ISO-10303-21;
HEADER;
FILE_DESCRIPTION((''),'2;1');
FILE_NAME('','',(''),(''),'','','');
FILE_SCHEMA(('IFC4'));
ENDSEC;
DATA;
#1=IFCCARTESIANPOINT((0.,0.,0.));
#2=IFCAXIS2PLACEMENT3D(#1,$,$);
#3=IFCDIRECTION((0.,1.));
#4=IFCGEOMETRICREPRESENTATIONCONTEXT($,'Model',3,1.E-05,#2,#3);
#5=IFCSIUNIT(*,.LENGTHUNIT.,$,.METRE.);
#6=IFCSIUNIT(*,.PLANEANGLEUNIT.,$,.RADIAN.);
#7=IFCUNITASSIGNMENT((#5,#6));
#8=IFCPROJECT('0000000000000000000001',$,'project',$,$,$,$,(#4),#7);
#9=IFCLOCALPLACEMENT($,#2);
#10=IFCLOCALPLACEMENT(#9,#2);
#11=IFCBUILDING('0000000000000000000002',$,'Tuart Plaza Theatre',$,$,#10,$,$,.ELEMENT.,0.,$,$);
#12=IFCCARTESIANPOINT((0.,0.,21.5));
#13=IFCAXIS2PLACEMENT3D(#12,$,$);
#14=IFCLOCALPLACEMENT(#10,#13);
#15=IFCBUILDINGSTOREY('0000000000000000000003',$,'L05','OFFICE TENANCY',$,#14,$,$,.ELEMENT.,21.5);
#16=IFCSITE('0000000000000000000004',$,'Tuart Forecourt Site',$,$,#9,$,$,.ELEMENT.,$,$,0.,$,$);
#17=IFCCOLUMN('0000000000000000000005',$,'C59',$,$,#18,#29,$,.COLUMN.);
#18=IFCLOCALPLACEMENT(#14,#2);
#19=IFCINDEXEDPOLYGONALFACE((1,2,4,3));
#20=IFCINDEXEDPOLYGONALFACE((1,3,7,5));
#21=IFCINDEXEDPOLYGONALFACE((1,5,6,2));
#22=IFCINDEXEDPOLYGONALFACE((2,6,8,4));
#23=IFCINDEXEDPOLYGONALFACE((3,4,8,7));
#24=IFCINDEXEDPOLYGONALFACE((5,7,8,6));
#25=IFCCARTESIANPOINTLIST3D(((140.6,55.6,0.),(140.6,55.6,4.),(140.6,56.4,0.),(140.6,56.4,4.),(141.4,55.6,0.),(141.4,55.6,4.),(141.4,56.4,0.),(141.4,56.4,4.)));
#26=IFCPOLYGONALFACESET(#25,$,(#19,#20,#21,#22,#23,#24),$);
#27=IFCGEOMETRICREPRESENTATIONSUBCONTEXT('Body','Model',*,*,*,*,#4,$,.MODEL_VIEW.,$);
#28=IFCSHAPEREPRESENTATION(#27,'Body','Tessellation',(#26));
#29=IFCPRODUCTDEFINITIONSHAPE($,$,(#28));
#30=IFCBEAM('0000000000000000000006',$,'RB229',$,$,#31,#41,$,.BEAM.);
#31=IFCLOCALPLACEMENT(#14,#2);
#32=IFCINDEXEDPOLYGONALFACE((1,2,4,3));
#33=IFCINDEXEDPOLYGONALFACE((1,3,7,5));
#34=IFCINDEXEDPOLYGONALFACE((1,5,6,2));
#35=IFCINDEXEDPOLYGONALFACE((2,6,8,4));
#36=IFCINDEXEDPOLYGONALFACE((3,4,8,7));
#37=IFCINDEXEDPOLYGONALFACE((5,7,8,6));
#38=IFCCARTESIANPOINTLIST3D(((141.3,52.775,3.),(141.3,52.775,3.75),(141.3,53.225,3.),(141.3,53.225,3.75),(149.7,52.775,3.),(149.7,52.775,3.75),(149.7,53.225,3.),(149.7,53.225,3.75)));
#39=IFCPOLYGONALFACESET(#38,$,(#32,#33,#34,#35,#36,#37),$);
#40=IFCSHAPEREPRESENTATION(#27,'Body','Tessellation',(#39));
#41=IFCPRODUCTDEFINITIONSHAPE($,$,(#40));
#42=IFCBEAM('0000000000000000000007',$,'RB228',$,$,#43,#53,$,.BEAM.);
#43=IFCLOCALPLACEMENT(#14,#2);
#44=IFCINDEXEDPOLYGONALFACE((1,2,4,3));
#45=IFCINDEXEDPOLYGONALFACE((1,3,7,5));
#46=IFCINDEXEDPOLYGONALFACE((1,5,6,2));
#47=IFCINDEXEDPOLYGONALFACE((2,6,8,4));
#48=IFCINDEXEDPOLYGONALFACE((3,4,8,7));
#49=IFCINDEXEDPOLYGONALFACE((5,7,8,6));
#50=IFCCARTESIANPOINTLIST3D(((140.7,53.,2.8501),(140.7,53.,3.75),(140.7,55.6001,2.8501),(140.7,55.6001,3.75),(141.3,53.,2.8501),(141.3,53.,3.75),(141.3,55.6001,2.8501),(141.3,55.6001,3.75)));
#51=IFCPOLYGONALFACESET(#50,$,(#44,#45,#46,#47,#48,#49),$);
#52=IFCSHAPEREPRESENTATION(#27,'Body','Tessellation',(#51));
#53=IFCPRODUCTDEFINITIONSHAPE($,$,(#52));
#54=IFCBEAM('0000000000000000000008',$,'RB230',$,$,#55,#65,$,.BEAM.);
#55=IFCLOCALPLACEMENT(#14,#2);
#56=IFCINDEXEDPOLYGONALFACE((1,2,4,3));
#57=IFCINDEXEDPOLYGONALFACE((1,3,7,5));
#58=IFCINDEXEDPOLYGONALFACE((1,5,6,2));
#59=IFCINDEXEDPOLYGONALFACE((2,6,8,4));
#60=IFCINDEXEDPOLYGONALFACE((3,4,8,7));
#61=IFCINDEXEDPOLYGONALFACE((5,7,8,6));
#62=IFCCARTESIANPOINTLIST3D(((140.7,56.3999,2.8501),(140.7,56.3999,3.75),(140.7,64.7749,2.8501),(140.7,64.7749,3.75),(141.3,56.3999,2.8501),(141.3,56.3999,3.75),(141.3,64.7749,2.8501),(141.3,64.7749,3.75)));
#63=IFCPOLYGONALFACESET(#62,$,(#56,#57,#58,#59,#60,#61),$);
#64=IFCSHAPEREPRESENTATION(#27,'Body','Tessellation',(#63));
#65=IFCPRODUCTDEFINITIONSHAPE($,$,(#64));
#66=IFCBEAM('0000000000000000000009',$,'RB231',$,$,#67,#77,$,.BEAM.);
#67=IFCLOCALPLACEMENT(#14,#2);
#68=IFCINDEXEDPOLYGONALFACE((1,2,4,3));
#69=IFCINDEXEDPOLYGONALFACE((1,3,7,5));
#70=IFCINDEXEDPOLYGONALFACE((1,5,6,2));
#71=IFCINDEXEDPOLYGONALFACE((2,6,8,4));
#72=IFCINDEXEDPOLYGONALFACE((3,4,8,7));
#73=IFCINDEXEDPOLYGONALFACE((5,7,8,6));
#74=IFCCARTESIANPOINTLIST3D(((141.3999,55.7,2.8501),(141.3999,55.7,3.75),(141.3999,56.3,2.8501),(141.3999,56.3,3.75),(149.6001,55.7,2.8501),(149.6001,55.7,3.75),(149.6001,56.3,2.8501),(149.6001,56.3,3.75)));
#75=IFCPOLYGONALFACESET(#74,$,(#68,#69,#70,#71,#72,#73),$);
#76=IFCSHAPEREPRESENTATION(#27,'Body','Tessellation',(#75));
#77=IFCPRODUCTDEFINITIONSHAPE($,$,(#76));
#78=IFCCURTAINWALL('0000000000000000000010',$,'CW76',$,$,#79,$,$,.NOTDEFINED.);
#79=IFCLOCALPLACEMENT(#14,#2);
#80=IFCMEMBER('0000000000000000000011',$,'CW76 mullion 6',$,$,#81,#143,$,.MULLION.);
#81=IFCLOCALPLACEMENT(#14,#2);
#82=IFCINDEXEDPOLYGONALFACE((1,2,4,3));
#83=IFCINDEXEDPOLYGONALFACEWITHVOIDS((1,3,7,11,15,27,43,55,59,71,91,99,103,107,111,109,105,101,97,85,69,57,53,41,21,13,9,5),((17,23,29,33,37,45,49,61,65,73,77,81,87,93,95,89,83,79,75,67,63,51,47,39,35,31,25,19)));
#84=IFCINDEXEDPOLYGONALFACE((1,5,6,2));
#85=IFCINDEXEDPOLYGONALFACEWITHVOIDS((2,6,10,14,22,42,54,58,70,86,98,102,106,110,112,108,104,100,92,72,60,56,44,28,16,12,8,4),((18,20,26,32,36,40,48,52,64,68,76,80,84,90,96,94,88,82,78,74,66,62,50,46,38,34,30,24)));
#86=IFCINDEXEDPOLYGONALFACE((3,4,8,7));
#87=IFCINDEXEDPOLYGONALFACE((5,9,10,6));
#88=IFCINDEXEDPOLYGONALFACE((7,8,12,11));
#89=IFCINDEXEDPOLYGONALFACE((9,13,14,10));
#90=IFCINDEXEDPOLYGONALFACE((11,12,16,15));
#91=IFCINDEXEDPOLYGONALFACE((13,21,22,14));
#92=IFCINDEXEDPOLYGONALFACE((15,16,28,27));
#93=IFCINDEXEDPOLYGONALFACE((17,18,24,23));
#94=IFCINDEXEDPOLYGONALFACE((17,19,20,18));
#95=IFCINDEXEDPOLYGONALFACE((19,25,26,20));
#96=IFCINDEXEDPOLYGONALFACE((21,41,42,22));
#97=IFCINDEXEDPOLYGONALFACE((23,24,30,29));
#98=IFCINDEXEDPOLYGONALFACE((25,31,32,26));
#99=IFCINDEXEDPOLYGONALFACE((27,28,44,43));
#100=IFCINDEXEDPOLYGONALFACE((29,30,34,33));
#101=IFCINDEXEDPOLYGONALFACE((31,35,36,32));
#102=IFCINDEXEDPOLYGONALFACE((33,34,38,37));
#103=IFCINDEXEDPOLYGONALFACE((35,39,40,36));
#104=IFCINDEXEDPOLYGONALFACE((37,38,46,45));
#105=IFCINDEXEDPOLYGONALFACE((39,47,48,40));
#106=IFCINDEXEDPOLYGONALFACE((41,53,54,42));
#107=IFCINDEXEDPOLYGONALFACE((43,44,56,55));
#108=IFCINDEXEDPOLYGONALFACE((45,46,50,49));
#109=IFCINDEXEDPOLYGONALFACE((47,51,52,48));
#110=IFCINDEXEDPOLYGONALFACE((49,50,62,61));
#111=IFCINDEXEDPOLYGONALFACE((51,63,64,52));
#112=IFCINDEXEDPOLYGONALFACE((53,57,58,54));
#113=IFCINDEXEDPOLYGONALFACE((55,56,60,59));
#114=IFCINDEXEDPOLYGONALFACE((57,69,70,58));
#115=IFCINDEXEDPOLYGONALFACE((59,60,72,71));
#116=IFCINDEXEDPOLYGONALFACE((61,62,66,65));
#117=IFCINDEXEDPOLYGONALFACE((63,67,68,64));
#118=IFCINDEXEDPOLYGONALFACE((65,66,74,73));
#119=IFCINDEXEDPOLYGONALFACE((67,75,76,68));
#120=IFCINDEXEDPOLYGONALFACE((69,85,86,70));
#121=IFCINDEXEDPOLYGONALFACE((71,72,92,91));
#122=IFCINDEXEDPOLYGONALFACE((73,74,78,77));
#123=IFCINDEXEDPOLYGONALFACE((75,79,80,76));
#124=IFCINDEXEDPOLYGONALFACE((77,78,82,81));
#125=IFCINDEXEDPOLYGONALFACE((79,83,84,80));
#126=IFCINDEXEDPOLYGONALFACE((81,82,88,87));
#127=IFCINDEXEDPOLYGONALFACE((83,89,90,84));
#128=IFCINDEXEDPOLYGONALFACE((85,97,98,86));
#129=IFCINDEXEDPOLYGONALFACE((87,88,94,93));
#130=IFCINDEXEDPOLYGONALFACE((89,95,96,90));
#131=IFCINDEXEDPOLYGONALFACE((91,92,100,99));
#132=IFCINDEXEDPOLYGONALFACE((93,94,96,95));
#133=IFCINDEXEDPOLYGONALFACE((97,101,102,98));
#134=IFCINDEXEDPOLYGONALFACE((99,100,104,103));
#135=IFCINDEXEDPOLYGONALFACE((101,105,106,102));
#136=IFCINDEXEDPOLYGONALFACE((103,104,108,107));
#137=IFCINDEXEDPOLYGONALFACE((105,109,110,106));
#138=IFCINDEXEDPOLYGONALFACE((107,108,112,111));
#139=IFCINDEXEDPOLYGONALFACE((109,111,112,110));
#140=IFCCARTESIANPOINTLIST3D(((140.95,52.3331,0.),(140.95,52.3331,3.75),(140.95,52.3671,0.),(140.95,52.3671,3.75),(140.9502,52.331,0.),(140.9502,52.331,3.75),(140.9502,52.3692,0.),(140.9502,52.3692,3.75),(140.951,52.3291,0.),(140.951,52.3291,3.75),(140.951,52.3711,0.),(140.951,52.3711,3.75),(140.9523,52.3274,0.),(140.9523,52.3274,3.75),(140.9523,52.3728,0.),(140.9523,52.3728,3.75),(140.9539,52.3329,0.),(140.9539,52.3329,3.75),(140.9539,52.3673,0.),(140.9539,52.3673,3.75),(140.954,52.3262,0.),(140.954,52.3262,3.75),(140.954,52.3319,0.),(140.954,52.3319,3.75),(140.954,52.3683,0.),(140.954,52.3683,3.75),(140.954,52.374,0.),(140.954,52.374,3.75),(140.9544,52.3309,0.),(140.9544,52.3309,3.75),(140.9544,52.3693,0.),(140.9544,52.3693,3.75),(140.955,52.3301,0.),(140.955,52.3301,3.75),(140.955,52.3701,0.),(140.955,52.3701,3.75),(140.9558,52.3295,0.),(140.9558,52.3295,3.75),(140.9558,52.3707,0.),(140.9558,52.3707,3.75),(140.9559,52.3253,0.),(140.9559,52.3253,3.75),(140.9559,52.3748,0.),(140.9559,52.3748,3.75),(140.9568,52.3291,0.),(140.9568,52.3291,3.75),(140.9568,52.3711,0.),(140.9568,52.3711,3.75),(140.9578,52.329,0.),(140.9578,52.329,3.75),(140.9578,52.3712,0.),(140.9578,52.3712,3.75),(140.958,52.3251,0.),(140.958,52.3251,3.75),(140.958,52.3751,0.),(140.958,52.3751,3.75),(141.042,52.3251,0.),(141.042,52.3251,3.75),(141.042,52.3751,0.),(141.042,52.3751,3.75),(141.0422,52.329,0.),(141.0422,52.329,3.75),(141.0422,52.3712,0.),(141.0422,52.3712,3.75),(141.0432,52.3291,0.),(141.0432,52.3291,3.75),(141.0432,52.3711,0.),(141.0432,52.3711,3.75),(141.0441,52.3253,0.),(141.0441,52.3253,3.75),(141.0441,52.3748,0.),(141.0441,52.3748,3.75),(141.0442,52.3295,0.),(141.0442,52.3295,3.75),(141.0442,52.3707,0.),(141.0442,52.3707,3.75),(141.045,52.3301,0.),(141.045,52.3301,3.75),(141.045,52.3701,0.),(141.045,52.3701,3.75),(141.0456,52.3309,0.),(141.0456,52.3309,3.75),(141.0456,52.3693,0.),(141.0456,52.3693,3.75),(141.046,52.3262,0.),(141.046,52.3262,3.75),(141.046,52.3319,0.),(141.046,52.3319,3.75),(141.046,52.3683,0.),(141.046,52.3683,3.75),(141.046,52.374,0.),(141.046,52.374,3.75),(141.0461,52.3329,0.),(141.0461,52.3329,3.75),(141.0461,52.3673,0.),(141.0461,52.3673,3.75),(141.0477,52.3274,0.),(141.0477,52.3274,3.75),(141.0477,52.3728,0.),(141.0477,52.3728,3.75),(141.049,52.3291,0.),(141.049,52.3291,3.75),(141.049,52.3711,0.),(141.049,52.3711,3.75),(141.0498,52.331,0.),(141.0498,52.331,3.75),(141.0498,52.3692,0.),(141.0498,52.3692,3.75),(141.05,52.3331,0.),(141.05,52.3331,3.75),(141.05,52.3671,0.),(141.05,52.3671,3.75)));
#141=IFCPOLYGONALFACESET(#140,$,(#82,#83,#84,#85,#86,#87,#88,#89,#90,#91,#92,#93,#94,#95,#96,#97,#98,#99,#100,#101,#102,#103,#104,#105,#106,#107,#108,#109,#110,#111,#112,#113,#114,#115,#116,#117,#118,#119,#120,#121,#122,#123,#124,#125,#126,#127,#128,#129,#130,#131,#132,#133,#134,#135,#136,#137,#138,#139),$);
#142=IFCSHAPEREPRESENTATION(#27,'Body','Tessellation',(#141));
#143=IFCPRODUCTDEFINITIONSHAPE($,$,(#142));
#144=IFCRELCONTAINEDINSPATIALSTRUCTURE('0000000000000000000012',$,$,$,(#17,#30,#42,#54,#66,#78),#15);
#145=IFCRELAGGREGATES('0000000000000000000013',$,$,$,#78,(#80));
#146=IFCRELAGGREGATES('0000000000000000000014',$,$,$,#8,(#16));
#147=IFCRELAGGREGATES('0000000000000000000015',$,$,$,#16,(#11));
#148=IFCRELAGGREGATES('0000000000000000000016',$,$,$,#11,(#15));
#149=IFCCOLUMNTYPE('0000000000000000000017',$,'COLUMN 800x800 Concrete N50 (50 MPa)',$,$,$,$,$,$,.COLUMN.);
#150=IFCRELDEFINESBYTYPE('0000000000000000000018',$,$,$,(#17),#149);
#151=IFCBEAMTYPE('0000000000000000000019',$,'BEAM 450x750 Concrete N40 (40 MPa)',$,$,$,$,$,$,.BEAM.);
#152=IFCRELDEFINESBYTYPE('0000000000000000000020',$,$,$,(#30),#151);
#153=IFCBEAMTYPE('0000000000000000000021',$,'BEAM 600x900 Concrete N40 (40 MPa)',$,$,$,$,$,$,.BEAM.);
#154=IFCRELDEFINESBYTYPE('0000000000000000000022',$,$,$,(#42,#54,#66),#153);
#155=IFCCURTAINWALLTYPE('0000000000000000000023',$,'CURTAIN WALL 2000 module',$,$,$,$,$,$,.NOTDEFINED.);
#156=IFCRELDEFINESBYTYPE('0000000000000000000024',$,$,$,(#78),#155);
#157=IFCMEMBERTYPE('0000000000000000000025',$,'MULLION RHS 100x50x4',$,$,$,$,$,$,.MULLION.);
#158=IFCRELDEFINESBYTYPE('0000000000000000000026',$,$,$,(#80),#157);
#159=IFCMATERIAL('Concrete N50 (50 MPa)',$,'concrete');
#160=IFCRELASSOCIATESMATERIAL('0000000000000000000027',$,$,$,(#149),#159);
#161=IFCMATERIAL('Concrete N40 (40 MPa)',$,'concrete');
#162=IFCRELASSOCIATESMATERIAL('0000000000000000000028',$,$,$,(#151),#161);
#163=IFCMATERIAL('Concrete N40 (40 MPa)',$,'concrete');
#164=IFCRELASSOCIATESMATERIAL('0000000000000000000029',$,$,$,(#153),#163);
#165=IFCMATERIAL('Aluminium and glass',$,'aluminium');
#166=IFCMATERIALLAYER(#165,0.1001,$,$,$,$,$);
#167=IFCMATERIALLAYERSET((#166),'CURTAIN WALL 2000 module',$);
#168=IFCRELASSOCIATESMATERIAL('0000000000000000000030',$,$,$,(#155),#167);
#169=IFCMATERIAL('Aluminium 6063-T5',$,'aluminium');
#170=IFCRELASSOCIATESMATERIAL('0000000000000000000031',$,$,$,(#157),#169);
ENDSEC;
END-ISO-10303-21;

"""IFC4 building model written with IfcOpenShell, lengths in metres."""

from ifc_helpers import new_model, si_unit, direction, frame, origin, origin_2d, place, context, subcontext, project, spatial, rectangle, hollow_rectangle, extrude, material, layer, layer_set, material_profile, profile_set, type_object, element, aggregate, save


model = new_model("IFC4")

# Units and contexts
model_context = context("Model", 3, precision=1e-05, world=origin(), true_north=direction((0.0, 1.0)))
body_context = subcontext(model_context, "Body", "Model", "MODEL_VIEW")
ifc_project = project(units=[si_unit("LENGTHUNIT", "METRE"), si_unit("PLANEANGLEUNIT", "RADIAN")], contexts=[model_context])

# Site, building, storey
site_placement = place(None, origin())
site = spatial("IfcSite", under=ifc_project, at=site_placement, Name="Tuart Forecourt Site", CompositionType="ELEMENT", RefElevation=0.0)
building_placement = place(site_placement, origin())
building = spatial("IfcBuilding", under=site, at=building_placement, Name="Tuart Plaza Theatre", CompositionType="ELEMENT", ElevationOfRefHeight=0.0)
storey_placement = place(building_placement, frame((0.0, 0.0, 21.5)))
storey = spatial("IfcBuildingStorey", under=building, at=storey_placement, Name="L05", Description="OFFICE TENANCY", CompositionType="ELEMENT", Elevation=21.5)

# Column
ifc_material_1 = material(Name="Concrete N50 (50 MPa)", Category="concrete")
ifc_material_profile_1 = material_profile(ifc_material_1, rectangle(XDim=0.8, YDim=0.8, at=origin_2d()), Name="COLUMN 800x800 Concrete N50 (50 MPa)")
ifc_profile_set_1 = profile_set([ifc_material_profile_1], Name="Concrete N50 (50 MPa)")
column_type = type_object("IfcColumnType", Name="COLUMN 800x800 Concrete N50 (50 MPa)", PredefinedType="COLUMN", material=ifc_profile_set_1)
column_placement = place(storey_placement, frame((141.0, 56.0, 0.0), z_axis=(0.0, 0.0, 1.0), x_axis=(1.0, 0.0, 0.0)))
element("IfcColumn", 1, at=column_placement, inside=storey, type_object=column_type, Name="C59", PredefinedType="COLUMN", context=body_context, shape_type="SweptSolid", body=[
    extrude(rectangle(XDim=0.8, YDim=0.8, at=origin_2d()), origin(), (0.0, 0.0, 1.0), 4.0),
])

# Beams
ifc_material_2 = material(Name="Concrete N40 (40 MPa)", Category="concrete")
ifc_material_profile_2 = material_profile(ifc_material_2, rectangle(XDim=0.45, YDim=0.75, at=origin_2d()), Name="BEAM 450x750 Concrete N40 (40 MPa)")
ifc_profile_set_2 = profile_set([ifc_material_profile_2], Name="Concrete N40 (40 MPa)")
beam_type_1 = type_object("IfcBeamType", Name="BEAM 450x750 Concrete N40 (40 MPa)", PredefinedType="BEAM", material=ifc_profile_set_2)
beam_1_placement = place(storey_placement, frame((141.3, 53.0, 3.375), z_axis=(1.0, 0.0, 0.0), x_axis=(0.0, 1.0, 0.0)))
element("IfcBeam", 2, at=beam_1_placement, inside=storey, type_object=beam_type_1, Name="RB229", PredefinedType="BEAM", context=body_context, shape_type="SweptSolid", body=[
    extrude(rectangle(XDim=0.45, YDim=0.75, at=origin_2d()), origin(), (0.0, 0.0, 1.0), 8.3999),
])
ifc_material_3 = material(Name="Concrete N40 (40 MPa)", Category="concrete")
ifc_material_profile_3 = material_profile(ifc_material_3, rectangle(XDim=0.6001, YDim=0.8999, at=origin_2d()), Name="BEAM 600x900 Concrete N40 (40 MPa)")
ifc_profile_set_3 = profile_set([ifc_material_profile_3], Name="Concrete N40 (40 MPa)")
beam_type_2 = type_object("IfcBeamType", Name="BEAM 600x900 Concrete N40 (40 MPa)", PredefinedType="BEAM", material=ifc_profile_set_3)
beam_2_placement = place(storey_placement, frame((141.0, 53.0, 3.3), z_axis=(0.0, 1.0, 0.0), x_axis=(-1.0, 0.0, 0.0)))
element("IfcBeam", 3, at=beam_2_placement, inside=storey, type_object=beam_type_2, Name="RB228", PredefinedType="BEAM", context=body_context, shape_type="SweptSolid", body=[
    extrude(rectangle(XDim=0.6001, YDim=0.8999, at=origin_2d()), origin(), (0.0, 0.0, 1.0), 2.6001),
])
beam_3_placement = place(storey_placement, frame((141.0, 56.3999, 3.3), z_axis=(0.0, 1.0, 0.0), x_axis=(-1.0, 0.0, 0.0)))
element("IfcBeam", 4, at=beam_3_placement, inside=storey, type_object=beam_type_2, Name="RB230", PredefinedType="BEAM", context=body_context, shape_type="SweptSolid", body=[
    extrude(rectangle(XDim=0.6001, YDim=0.8999, at=origin_2d()), origin(), (0.0, 0.0, 1.0), 8.375),
])
beam_4_placement = place(storey_placement, frame((141.3999, 56.0, 3.3), z_axis=(1.0, 0.0, 0.0), x_axis=(0.0, 1.0, 0.0)))
element("IfcBeam", 5, at=beam_4_placement, inside=storey, type_object=beam_type_2, Name="RB231", PredefinedType="BEAM", context=body_context, shape_type="SweptSolid", body=[
    extrude(rectangle(XDim=0.6001, YDim=0.8999, at=origin_2d()), origin(), (0.0, 0.0, 1.0), 8.2002),
])

# Curtain wall, member
ifc_material_4 = material(Name="Aluminium and glass", Category="aluminium")
ifc_layer_1 = layer(ifc_material_4, 0.1001)
ifc_layer_set_1 = layer_set([ifc_layer_1], Name="CURTAIN WALL 2000 module")
curtain_wall_type = type_object("IfcCurtainWallType", Name="CURTAIN WALL 2000 module", PredefinedType="NOTDEFINED", material=ifc_layer_set_1)
curtain_wall_placement = place(storey_placement, origin())
curtain_wall = element("IfcCurtainWall", 6, at=curtain_wall_placement, inside=storey, type_object=curtain_wall_type, Name="CW76", PredefinedType="NOTDEFINED")
ifc_material_5 = material(Name="Aluminium 6063-T5", Category="aluminium")
ifc_material_profile_4 = material_profile(ifc_material_5, hollow_rectangle(XDim=0.05, YDim=0.1001, WallThickness=0.0039, InnerFilletRadius=0.0039, OuterFilletRadius=0.0081, at=origin_2d()), Name="RHS 100x50x4")
ifc_profile_set_4 = profile_set([ifc_material_profile_4], Name="Aluminium 6063-T5")
member_type_1 = type_object("IfcMemberType", Name="MULLION RHS 100x50x4", PredefinedType="MULLION", material=ifc_profile_set_4)
member_1_placement = place(storey_placement, frame((141.0, 52.3501, 0.0), z_axis=(0.0, 0.0, 1.0), x_axis=(0.0, 1.0, 0.0)))
member_1 = element("IfcMember", 7, at=member_1_placement, type_object=member_type_1, Name="CW76 mullion 6", PredefinedType="MULLION", context=body_context, shape_type="SweptSolid", body=[
    extrude(hollow_rectangle(XDim=0.05, YDim=0.1001, WallThickness=0.0039, InnerFilletRadius=0.0039, OuterFilletRadius=0.0081, at=origin_2d()), origin(), (0.0, 0.0, 1.0), 3.75),
])
aggregate(curtain_wall, [member_1])

save(model, "model.ifc")
